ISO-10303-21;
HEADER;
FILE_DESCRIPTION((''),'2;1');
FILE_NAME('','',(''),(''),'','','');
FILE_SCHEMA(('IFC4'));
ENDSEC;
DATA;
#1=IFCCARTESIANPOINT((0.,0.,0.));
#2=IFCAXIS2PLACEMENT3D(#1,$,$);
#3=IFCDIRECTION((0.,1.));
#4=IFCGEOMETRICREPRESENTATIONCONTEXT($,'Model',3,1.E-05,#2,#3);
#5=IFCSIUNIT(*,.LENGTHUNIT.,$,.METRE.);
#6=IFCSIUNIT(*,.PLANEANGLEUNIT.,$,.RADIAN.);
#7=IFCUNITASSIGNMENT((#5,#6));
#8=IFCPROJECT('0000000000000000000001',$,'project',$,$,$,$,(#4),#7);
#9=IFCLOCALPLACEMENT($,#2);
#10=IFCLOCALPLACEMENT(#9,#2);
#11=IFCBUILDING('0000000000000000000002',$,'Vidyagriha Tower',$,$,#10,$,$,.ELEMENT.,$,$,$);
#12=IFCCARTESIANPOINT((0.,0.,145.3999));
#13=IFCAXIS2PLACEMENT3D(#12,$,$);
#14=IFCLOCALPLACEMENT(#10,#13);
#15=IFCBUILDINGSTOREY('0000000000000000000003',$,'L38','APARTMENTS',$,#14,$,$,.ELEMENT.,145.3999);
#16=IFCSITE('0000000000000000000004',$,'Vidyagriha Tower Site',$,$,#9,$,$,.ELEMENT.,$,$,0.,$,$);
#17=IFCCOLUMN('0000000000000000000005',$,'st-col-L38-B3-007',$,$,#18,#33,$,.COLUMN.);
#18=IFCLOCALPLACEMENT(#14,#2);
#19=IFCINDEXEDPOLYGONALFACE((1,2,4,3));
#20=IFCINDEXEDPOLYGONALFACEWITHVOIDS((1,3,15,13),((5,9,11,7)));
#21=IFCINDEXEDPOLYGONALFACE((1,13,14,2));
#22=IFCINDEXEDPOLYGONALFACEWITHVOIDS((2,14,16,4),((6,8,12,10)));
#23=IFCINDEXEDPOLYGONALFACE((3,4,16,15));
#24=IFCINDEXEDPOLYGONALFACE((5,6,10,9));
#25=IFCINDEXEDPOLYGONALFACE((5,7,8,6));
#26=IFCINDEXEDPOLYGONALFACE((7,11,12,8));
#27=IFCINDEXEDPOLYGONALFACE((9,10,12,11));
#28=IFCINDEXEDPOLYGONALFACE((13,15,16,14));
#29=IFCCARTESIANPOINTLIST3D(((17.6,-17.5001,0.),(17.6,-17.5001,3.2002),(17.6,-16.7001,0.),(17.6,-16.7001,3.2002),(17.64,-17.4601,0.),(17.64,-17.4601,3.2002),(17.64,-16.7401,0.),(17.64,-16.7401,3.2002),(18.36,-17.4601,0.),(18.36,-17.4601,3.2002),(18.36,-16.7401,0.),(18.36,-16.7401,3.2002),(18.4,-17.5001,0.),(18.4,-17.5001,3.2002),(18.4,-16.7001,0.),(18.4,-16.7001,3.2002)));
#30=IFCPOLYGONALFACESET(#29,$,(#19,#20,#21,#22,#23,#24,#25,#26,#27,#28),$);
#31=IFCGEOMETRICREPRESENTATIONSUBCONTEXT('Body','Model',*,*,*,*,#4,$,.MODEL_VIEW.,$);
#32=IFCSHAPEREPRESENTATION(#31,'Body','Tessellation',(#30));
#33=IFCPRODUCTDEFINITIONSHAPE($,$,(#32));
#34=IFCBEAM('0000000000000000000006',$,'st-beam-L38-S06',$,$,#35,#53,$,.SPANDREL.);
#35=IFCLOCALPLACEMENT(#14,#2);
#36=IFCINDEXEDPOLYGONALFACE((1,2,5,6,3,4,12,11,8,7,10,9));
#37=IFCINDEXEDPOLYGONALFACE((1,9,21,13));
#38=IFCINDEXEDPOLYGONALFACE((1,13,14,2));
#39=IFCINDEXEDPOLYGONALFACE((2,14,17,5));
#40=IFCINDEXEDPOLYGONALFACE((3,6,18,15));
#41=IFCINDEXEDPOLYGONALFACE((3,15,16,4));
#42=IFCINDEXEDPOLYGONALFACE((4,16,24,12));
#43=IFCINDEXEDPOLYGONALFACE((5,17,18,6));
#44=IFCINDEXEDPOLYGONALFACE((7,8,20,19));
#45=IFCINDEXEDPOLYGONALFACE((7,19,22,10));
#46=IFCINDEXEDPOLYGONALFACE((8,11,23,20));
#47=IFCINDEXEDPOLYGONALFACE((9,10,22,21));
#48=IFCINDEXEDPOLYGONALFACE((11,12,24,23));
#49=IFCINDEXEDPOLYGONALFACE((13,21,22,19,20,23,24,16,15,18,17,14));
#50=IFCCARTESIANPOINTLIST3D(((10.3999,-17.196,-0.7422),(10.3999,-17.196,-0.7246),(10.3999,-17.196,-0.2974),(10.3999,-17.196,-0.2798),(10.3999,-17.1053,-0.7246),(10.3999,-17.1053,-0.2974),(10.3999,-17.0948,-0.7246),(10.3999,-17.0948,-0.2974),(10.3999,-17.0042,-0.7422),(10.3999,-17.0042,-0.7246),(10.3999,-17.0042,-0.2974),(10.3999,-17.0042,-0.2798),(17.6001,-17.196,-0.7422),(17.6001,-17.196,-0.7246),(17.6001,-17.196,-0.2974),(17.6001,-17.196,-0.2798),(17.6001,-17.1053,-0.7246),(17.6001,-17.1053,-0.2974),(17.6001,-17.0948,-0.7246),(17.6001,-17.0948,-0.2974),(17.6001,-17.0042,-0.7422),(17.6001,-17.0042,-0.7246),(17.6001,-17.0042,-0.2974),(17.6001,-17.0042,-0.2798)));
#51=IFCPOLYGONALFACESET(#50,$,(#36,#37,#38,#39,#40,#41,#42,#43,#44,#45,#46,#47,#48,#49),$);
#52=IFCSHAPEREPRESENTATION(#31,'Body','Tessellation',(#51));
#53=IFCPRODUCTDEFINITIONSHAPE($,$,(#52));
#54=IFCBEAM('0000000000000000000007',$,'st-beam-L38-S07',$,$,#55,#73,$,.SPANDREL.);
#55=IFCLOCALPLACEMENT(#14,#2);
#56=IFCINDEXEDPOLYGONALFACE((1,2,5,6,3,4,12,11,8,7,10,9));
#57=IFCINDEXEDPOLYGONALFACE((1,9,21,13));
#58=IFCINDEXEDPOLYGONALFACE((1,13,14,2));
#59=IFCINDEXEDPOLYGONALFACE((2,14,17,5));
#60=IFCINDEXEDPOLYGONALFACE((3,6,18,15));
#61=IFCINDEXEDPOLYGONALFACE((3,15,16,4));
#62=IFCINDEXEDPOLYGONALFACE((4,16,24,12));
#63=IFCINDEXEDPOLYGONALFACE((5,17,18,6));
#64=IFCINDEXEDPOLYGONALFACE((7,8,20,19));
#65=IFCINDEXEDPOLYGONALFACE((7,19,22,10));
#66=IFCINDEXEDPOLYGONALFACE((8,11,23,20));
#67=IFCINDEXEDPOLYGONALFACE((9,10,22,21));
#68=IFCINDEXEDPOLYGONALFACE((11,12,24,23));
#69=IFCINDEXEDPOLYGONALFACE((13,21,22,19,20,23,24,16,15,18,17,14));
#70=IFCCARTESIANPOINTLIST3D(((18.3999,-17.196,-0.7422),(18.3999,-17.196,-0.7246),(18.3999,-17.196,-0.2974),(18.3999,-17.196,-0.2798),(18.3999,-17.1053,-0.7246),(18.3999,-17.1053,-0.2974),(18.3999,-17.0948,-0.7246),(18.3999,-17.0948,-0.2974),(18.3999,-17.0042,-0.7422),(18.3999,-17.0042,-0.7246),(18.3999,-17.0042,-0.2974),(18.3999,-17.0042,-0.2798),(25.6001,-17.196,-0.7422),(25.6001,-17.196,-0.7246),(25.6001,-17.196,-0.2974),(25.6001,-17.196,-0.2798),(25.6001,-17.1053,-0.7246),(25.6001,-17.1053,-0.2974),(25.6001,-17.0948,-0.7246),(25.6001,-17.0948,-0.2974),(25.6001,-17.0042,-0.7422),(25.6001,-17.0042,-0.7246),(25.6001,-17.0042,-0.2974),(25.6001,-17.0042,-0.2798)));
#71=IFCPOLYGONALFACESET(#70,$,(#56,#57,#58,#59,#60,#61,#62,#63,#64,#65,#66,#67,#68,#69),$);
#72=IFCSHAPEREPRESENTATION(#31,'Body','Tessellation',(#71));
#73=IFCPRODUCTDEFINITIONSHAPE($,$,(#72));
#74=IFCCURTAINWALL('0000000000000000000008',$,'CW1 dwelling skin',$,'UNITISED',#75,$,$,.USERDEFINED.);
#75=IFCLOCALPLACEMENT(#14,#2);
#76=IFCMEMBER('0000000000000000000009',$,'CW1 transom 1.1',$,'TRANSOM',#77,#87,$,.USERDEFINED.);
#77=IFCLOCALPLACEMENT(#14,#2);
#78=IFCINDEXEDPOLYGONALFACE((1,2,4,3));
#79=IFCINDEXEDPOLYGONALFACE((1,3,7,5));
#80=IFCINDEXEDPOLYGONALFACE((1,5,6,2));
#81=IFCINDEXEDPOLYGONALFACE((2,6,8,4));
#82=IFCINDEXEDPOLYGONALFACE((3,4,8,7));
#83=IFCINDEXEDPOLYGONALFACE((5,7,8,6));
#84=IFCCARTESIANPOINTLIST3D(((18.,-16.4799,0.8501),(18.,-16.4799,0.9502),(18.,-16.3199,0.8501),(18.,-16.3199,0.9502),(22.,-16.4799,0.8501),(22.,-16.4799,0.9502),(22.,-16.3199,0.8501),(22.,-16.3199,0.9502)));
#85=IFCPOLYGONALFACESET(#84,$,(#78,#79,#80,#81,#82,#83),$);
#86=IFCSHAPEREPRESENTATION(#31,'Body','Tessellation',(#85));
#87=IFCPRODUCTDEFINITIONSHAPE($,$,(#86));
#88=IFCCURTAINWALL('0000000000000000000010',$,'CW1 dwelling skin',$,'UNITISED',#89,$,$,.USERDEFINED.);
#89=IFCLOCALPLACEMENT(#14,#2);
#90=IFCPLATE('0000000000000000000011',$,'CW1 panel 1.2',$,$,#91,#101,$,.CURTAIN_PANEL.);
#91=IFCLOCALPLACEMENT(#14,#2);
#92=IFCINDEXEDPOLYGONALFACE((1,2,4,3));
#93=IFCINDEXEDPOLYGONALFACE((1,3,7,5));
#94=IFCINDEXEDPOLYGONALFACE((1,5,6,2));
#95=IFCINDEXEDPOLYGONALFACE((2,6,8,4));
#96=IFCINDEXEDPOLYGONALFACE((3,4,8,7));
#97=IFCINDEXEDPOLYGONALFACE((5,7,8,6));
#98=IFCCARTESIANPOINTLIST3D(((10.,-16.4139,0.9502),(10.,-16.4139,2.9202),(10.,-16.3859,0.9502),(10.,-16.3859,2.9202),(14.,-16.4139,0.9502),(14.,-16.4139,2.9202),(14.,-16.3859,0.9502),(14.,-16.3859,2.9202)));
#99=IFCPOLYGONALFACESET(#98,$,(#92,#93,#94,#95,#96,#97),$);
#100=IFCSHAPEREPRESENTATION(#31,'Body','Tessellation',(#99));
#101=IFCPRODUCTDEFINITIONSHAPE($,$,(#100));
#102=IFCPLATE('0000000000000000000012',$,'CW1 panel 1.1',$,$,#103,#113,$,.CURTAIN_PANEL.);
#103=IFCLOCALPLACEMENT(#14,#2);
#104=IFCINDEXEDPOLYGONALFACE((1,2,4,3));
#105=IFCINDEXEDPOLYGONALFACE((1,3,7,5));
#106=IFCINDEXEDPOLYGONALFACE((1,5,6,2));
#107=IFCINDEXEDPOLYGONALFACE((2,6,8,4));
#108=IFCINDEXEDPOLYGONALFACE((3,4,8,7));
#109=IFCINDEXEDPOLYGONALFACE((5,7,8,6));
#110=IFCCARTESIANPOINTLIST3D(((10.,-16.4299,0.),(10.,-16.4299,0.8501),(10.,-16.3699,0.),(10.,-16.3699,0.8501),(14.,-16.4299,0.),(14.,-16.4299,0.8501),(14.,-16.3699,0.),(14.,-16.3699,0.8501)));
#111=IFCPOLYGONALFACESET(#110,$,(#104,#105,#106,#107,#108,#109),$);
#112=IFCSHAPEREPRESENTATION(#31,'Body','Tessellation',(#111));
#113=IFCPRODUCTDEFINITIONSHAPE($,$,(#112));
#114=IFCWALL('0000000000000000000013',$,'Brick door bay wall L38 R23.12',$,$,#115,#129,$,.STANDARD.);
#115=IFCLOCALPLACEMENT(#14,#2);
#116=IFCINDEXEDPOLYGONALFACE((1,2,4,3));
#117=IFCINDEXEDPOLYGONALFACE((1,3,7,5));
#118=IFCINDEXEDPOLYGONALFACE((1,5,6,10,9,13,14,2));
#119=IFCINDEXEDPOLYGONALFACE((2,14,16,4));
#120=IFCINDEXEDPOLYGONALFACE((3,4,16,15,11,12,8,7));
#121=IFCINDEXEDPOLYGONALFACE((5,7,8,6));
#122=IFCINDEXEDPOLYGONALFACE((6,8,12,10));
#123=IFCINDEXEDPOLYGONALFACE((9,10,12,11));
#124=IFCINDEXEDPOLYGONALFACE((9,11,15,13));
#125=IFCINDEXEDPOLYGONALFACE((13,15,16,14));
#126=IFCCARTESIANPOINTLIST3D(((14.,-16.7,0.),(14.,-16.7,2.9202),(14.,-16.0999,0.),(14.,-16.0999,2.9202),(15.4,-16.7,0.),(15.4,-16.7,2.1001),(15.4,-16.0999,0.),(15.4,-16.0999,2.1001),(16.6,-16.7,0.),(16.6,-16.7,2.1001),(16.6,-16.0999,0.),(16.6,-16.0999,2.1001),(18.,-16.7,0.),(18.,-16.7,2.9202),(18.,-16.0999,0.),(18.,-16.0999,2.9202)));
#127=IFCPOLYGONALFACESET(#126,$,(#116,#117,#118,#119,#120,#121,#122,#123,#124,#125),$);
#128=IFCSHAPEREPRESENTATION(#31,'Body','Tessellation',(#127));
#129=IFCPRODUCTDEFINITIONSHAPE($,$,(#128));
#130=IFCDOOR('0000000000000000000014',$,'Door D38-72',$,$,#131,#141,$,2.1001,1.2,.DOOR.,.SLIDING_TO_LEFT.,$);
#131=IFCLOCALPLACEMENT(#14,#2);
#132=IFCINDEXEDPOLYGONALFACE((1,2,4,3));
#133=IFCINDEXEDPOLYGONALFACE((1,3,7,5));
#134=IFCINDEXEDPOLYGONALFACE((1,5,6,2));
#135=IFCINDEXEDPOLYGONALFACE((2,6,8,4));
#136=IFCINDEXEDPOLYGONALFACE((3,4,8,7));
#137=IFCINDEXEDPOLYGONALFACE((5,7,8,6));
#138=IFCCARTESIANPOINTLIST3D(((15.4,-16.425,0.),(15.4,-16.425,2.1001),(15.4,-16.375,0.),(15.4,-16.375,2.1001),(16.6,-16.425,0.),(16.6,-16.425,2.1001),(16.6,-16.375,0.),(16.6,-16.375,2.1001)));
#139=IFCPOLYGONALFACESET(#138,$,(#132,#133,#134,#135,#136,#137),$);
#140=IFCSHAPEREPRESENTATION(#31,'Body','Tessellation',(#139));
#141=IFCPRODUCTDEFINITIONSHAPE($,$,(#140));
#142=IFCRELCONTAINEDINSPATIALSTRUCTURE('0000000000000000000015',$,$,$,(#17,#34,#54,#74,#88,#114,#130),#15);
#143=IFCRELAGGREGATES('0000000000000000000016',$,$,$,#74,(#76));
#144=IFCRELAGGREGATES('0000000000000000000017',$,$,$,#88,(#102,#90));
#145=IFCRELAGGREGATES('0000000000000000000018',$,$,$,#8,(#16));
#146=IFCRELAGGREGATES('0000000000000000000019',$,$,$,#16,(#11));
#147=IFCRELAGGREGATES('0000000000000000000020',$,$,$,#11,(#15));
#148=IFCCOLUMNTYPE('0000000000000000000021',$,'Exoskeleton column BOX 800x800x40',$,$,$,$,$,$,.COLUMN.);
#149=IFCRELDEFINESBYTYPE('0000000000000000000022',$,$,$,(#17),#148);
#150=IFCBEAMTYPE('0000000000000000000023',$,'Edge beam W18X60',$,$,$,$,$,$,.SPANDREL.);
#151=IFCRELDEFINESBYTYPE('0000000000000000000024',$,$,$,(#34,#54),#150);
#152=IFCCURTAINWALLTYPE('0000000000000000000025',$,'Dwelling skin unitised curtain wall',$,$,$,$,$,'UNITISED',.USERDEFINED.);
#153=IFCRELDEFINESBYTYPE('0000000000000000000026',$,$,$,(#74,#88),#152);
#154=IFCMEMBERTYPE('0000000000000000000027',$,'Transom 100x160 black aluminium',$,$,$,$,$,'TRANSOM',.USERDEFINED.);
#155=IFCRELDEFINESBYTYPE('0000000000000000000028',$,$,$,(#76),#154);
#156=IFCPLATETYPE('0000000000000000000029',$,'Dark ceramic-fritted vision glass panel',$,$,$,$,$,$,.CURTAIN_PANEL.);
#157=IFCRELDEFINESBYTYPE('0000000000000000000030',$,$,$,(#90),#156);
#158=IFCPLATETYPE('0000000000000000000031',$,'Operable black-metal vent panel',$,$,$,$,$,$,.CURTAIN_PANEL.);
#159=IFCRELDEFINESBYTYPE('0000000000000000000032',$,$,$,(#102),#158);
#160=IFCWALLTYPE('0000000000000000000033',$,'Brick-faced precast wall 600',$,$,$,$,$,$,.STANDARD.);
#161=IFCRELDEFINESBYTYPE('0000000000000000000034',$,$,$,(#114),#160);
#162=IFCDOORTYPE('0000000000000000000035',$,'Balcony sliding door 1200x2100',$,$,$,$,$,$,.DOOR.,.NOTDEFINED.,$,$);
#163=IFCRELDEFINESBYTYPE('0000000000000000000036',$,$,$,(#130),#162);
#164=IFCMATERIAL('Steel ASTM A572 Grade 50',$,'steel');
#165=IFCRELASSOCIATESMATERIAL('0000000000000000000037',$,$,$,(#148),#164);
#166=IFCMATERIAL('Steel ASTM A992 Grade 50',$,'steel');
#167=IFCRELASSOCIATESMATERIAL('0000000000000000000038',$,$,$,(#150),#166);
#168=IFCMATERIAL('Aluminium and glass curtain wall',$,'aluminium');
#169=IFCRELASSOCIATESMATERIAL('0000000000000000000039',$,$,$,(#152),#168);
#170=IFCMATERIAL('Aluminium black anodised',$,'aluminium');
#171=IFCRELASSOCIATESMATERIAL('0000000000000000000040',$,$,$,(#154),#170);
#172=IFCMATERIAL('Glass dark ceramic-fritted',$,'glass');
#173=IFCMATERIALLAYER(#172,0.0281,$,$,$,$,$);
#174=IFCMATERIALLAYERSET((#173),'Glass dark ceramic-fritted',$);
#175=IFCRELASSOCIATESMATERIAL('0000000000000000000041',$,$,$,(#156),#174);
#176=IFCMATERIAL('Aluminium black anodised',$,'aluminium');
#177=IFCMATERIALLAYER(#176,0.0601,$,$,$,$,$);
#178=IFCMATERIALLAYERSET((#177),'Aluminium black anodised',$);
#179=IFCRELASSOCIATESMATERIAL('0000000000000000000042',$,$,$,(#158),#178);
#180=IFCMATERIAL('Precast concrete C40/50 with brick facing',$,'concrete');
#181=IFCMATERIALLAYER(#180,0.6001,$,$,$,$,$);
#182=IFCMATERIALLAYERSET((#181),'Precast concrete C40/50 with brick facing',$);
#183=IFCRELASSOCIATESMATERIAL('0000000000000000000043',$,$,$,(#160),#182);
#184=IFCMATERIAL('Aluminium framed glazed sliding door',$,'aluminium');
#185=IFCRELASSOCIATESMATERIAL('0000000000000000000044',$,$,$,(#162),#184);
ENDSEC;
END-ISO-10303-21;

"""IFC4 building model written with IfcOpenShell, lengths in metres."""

from ifc_helpers import new_model, si_unit, direction, frame, frame_2d, origin, origin_2d, place, context, subcontext, project, spatial, rectangle, hollow_rectangle, i_section, extrude, material, layer, layer_set, material_profile, profile_set, type_object, element, fill, aggregate, save


model = new_model("IFC4")

# Units and contexts
model_context = context("Model", 3, precision=1e-05, world=origin(), true_north=direction((0.0, 1.0)))
body_context = subcontext(model_context, "Body", "Model", "MODEL_VIEW")
ifc_project = project(units=[si_unit("LENGTHUNIT", "METRE"), si_unit("PLANEANGLEUNIT", "RADIAN")], contexts=[model_context])

# Site, building, storey
site_placement = place(None, origin())
site = spatial("IfcSite", under=ifc_project, at=site_placement, Name="Vidyagriha Tower Site", CompositionType="ELEMENT", RefElevation=0.0)
building_placement = place(site_placement, origin())
building = spatial("IfcBuilding", under=site, at=building_placement, Name="Vidyagriha Tower", CompositionType="ELEMENT")
storey_placement = place(building_placement, frame((0.0, 0.0, 145.3999)))
storey = spatial("IfcBuildingStorey", under=building, at=storey_placement, Name="L38", Description="APARTMENTS", CompositionType="ELEMENT", Elevation=145.3999)

# Column
ifc_material_1 = material(Name="Steel ASTM A572 Grade 50", Category="steel")
ifc_material_profile_1 = material_profile(ifc_material_1, hollow_rectangle(XDim=0.8, YDim=0.8, WallThickness=0.04, at=origin_2d()), Name="BOX 800x800x40")
ifc_profile_set_1 = profile_set([ifc_material_profile_1], Name="Steel ASTM A572 Grade 50")
column_type = type_object("IfcColumnType", Name="Exoskeleton column BOX 800x800x40", PredefinedType="COLUMN", material=ifc_profile_set_1)
column_placement = place(storey_placement, frame((18.0, -17.1001, 0.0)))
element("IfcColumn", 1, at=column_placement, inside=storey, type_object=column_type, Name="st-col-L38-B3-007", PredefinedType="COLUMN", context=body_context, shape_type="SweptSolid", body=[
    extrude(hollow_rectangle(XDim=0.8, YDim=0.8, WallThickness=0.04, at=origin_2d()), origin(), (0.0, 0.0, 1.0), 3.2002),
])

# Beams
ifc_material_2 = material(Name="Steel ASTM A992 Grade 50", Category="steel")
ifc_material_profile_2 = material_profile(ifc_material_2, i_section(OverallWidth=0.1919, OverallDepth=0.4624, WebThickness=0.0105, FlangeThickness=0.0176, at=origin_2d()), Name="W18X60")
ifc_profile_set_2 = profile_set([ifc_material_profile_2], Name="Steel ASTM A992 Grade 50")
beam_type = type_object("IfcBeamType", Name="Edge beam W18X60", PredefinedType="SPANDREL", material=ifc_profile_set_2)
for number, where, z_axis, x_axis, name in (
    (2, (10.3999, -17.1001, -0.511), (1.0, 0.0, 0.0), (0.0, 1.0, 0.0), "st-beam-L38-S06"),
    (3, (18.3999, -17.1001, -0.511), (1.0, 0.0, 0.0), (0.0, 1.0, 0.0), "st-beam-L38-S07"),
):
    element("IfcBeam", number, at=place(storey_placement, frame(where, z_axis=z_axis, x_axis=x_axis)), inside=storey, type_object=beam_type, Name=name, PredefinedType="SPANDREL", context=body_context, shape_type="SweptSolid", body=[
        extrude(i_section(OverallWidth=0.1919, OverallDepth=0.4624, WebThickness=0.0105, FlangeThickness=0.0176, at=origin_2d()), origin(), (0.0, 0.0, 1.0), 7.2002),
    ])

# Curtain wall, member
ifc_material_3 = material(Name="Aluminium and glass curtain wall", Category="aluminium")
curtain_wall_type = type_object("IfcCurtainWallType", Name="Dwelling skin unitised curtain wall", ElementType="UNITISED", PredefinedType="USERDEFINED", material=ifc_material_3)
curtain_wall_1_placement = place(storey_placement, origin())
curtain_wall_1 = element("IfcCurtainWall", 4, at=curtain_wall_1_placement, inside=storey, type_object=curtain_wall_type, Name="CW1 dwelling skin", ObjectType="UNITISED", PredefinedType="USERDEFINED")
ifc_material_4 = material(Name="Aluminium black anodised", Category="aluminium")
ifc_material_profile_3 = material_profile(ifc_material_4, rectangle(XDim=0.1599, YDim=0.1001, at=origin_2d()), Name="Transom 100x160 black aluminium")
ifc_profile_set_3 = profile_set([ifc_material_profile_3], Name="Aluminium black anodised")
member_type = type_object("IfcMemberType", Name="Transom 100x160 black aluminium", ElementType="TRANSOM", PredefinedType="USERDEFINED", material=ifc_profile_set_3)
member_placement = place(storey_placement, frame((18.0, -16.3999, 0.9001), z_axis=(1.0, 0.0, 0.0), x_axis=(0.0, 1.0, 0.0)))
member = element("IfcMember", 5, at=member_placement, type_object=member_type, Name="CW1 transom 1.1", ObjectType="TRANSOM", PredefinedType="USERDEFINED", context=body_context, shape_type="SweptSolid", body=[
    extrude(rectangle(XDim=0.1599, YDim=0.1001, at=origin_2d()), origin(), (0.0, 0.0, 1.0), 4.0),
])
aggregate(curtain_wall_1, [member])

# Curtain wall, plates
curtain_wall_2_placement = place(storey_placement, origin())
curtain_wall_2 = element("IfcCurtainWall", 6, at=curtain_wall_2_placement, inside=storey, type_object=curtain_wall_type, Name="CW1 dwelling skin", ObjectType="UNITISED", PredefinedType="USERDEFINED")
ifc_material_5 = material(Name="Glass dark ceramic-fritted", Category="glass")
ifc_layer_1 = layer(ifc_material_5, 0.0281)
ifc_layer_set_1 = layer_set([ifc_layer_1], Name="Glass dark ceramic-fritted")
plate_type_1 = type_object("IfcPlateType", Name="Dark ceramic-fritted vision glass panel", PredefinedType="CURTAIN_PANEL", material=ifc_layer_set_1)
plate_1_placement = place(storey_placement, frame((12.0, -16.3999, 0.9502)))
plate_1 = element("IfcPlate", 7, at=plate_1_placement, type_object=plate_type_1, Name="CW1 panel 1.2", PredefinedType="CURTAIN_PANEL", context=body_context, shape_type="SweptSolid", body=[
    extrude(rectangle(XDim=4.0, YDim=0.0281, at=origin_2d()), origin(), (0.0, 0.0, 1.0), 1.97),
])
ifc_material_6 = material(Name="Aluminium black anodised", Category="aluminium")
ifc_layer_2 = layer(ifc_material_6, 0.0601)
ifc_layer_set_2 = layer_set([ifc_layer_2], Name="Aluminium black anodised")
plate_type_2 = type_object("IfcPlateType", Name="Operable black-metal vent panel", PredefinedType="CURTAIN_PANEL", material=ifc_layer_set_2)
plate_2_placement = place(storey_placement, frame((12.0, -16.3999, 0.0)))
plate_2 = element("IfcPlate", 8, at=plate_2_placement, type_object=plate_type_2, Name="CW1 panel 1.1", PredefinedType="CURTAIN_PANEL", context=body_context, shape_type="SweptSolid", body=[
    extrude(rectangle(XDim=4.0, YDim=0.0601, at=origin_2d()), origin(), (0.0, 0.0, 1.0), 0.8501),
])
aggregate(curtain_wall_2, [plate_2, plate_1])

# Wall, opening, door
ifc_material_7 = material(Name="Precast concrete C40/50 with brick facing", Category="concrete")
ifc_layer_3 = layer(ifc_material_7, 0.6001)
ifc_layer_set_3 = layer_set([ifc_layer_3], Name="Precast concrete C40/50 with brick facing")
wall_type = type_object("IfcWallType", Name="Brick-faced precast wall 600", PredefinedType="STANDARD", material=ifc_layer_set_3)
wall_placement = place(storey_placement, frame((14.0, -16.3999, 0.0)))
wall = element("IfcWall", 9, at=wall_placement, inside=storey, type_object=wall_type, Name="Brick door bay wall L38 R23.12", PredefinedType="STANDARD", context=body_context, shape_type="SweptSolid", body=[
    extrude(rectangle(XDim=4.0, YDim=0.6001, at=frame_2d((2.0, 0.0))), origin(), (0.0, 0.0, 1.0), 2.9202),
])
opening_placement = place(wall_placement, frame((1.3999, 0.0, 0.0)))
opening = element("IfcOpeningElement", 10, at=opening_placement, cuts=wall, PredefinedType="OPENING", context=body_context, shape_type="SweptSolid", body=[
    extrude(rectangle(XDim=1.2, YDim=2.1001, at=frame_2d((0.6001, 1.05))), frame((0.0, 0.3101, 0.0), z_axis=(0.0, -1.0, 0.0), x_axis=(1.0, 0.0, 0.0)), (0.0, 0.0, 1.0), 0.6201),
])
ifc_material_8 = material(Name="Aluminium framed glazed sliding door", Category="aluminium")
door_type = type_object("IfcDoorType", Name="Balcony sliding door 1200x2100", OperationType="NOTDEFINED", PredefinedType="DOOR", material=ifc_material_8)
door_placement = place(opening_placement, origin())
door = element("IfcDoor", 11, at=door_placement, inside=storey, type_object=door_type, Name="Door D38-72", OperationType="SLIDING_TO_LEFT", OverallHeight=2.1001, OverallWidth=1.2, PredefinedType="DOOR", context=body_context, shape_type="SweptSolid", body=[
    extrude(rectangle(XDim=1.2, YDim=2.1001, at=frame_2d((0.6001, 1.05))), frame((0.0, 0.0249, 0.0), z_axis=(0.0, -1.0, 0.0), x_axis=(1.0, 0.0, 0.0)), (0.0, 0.0, 1.0), 0.05),
])
fill(opening, door)

save(model, "model.ifc")
